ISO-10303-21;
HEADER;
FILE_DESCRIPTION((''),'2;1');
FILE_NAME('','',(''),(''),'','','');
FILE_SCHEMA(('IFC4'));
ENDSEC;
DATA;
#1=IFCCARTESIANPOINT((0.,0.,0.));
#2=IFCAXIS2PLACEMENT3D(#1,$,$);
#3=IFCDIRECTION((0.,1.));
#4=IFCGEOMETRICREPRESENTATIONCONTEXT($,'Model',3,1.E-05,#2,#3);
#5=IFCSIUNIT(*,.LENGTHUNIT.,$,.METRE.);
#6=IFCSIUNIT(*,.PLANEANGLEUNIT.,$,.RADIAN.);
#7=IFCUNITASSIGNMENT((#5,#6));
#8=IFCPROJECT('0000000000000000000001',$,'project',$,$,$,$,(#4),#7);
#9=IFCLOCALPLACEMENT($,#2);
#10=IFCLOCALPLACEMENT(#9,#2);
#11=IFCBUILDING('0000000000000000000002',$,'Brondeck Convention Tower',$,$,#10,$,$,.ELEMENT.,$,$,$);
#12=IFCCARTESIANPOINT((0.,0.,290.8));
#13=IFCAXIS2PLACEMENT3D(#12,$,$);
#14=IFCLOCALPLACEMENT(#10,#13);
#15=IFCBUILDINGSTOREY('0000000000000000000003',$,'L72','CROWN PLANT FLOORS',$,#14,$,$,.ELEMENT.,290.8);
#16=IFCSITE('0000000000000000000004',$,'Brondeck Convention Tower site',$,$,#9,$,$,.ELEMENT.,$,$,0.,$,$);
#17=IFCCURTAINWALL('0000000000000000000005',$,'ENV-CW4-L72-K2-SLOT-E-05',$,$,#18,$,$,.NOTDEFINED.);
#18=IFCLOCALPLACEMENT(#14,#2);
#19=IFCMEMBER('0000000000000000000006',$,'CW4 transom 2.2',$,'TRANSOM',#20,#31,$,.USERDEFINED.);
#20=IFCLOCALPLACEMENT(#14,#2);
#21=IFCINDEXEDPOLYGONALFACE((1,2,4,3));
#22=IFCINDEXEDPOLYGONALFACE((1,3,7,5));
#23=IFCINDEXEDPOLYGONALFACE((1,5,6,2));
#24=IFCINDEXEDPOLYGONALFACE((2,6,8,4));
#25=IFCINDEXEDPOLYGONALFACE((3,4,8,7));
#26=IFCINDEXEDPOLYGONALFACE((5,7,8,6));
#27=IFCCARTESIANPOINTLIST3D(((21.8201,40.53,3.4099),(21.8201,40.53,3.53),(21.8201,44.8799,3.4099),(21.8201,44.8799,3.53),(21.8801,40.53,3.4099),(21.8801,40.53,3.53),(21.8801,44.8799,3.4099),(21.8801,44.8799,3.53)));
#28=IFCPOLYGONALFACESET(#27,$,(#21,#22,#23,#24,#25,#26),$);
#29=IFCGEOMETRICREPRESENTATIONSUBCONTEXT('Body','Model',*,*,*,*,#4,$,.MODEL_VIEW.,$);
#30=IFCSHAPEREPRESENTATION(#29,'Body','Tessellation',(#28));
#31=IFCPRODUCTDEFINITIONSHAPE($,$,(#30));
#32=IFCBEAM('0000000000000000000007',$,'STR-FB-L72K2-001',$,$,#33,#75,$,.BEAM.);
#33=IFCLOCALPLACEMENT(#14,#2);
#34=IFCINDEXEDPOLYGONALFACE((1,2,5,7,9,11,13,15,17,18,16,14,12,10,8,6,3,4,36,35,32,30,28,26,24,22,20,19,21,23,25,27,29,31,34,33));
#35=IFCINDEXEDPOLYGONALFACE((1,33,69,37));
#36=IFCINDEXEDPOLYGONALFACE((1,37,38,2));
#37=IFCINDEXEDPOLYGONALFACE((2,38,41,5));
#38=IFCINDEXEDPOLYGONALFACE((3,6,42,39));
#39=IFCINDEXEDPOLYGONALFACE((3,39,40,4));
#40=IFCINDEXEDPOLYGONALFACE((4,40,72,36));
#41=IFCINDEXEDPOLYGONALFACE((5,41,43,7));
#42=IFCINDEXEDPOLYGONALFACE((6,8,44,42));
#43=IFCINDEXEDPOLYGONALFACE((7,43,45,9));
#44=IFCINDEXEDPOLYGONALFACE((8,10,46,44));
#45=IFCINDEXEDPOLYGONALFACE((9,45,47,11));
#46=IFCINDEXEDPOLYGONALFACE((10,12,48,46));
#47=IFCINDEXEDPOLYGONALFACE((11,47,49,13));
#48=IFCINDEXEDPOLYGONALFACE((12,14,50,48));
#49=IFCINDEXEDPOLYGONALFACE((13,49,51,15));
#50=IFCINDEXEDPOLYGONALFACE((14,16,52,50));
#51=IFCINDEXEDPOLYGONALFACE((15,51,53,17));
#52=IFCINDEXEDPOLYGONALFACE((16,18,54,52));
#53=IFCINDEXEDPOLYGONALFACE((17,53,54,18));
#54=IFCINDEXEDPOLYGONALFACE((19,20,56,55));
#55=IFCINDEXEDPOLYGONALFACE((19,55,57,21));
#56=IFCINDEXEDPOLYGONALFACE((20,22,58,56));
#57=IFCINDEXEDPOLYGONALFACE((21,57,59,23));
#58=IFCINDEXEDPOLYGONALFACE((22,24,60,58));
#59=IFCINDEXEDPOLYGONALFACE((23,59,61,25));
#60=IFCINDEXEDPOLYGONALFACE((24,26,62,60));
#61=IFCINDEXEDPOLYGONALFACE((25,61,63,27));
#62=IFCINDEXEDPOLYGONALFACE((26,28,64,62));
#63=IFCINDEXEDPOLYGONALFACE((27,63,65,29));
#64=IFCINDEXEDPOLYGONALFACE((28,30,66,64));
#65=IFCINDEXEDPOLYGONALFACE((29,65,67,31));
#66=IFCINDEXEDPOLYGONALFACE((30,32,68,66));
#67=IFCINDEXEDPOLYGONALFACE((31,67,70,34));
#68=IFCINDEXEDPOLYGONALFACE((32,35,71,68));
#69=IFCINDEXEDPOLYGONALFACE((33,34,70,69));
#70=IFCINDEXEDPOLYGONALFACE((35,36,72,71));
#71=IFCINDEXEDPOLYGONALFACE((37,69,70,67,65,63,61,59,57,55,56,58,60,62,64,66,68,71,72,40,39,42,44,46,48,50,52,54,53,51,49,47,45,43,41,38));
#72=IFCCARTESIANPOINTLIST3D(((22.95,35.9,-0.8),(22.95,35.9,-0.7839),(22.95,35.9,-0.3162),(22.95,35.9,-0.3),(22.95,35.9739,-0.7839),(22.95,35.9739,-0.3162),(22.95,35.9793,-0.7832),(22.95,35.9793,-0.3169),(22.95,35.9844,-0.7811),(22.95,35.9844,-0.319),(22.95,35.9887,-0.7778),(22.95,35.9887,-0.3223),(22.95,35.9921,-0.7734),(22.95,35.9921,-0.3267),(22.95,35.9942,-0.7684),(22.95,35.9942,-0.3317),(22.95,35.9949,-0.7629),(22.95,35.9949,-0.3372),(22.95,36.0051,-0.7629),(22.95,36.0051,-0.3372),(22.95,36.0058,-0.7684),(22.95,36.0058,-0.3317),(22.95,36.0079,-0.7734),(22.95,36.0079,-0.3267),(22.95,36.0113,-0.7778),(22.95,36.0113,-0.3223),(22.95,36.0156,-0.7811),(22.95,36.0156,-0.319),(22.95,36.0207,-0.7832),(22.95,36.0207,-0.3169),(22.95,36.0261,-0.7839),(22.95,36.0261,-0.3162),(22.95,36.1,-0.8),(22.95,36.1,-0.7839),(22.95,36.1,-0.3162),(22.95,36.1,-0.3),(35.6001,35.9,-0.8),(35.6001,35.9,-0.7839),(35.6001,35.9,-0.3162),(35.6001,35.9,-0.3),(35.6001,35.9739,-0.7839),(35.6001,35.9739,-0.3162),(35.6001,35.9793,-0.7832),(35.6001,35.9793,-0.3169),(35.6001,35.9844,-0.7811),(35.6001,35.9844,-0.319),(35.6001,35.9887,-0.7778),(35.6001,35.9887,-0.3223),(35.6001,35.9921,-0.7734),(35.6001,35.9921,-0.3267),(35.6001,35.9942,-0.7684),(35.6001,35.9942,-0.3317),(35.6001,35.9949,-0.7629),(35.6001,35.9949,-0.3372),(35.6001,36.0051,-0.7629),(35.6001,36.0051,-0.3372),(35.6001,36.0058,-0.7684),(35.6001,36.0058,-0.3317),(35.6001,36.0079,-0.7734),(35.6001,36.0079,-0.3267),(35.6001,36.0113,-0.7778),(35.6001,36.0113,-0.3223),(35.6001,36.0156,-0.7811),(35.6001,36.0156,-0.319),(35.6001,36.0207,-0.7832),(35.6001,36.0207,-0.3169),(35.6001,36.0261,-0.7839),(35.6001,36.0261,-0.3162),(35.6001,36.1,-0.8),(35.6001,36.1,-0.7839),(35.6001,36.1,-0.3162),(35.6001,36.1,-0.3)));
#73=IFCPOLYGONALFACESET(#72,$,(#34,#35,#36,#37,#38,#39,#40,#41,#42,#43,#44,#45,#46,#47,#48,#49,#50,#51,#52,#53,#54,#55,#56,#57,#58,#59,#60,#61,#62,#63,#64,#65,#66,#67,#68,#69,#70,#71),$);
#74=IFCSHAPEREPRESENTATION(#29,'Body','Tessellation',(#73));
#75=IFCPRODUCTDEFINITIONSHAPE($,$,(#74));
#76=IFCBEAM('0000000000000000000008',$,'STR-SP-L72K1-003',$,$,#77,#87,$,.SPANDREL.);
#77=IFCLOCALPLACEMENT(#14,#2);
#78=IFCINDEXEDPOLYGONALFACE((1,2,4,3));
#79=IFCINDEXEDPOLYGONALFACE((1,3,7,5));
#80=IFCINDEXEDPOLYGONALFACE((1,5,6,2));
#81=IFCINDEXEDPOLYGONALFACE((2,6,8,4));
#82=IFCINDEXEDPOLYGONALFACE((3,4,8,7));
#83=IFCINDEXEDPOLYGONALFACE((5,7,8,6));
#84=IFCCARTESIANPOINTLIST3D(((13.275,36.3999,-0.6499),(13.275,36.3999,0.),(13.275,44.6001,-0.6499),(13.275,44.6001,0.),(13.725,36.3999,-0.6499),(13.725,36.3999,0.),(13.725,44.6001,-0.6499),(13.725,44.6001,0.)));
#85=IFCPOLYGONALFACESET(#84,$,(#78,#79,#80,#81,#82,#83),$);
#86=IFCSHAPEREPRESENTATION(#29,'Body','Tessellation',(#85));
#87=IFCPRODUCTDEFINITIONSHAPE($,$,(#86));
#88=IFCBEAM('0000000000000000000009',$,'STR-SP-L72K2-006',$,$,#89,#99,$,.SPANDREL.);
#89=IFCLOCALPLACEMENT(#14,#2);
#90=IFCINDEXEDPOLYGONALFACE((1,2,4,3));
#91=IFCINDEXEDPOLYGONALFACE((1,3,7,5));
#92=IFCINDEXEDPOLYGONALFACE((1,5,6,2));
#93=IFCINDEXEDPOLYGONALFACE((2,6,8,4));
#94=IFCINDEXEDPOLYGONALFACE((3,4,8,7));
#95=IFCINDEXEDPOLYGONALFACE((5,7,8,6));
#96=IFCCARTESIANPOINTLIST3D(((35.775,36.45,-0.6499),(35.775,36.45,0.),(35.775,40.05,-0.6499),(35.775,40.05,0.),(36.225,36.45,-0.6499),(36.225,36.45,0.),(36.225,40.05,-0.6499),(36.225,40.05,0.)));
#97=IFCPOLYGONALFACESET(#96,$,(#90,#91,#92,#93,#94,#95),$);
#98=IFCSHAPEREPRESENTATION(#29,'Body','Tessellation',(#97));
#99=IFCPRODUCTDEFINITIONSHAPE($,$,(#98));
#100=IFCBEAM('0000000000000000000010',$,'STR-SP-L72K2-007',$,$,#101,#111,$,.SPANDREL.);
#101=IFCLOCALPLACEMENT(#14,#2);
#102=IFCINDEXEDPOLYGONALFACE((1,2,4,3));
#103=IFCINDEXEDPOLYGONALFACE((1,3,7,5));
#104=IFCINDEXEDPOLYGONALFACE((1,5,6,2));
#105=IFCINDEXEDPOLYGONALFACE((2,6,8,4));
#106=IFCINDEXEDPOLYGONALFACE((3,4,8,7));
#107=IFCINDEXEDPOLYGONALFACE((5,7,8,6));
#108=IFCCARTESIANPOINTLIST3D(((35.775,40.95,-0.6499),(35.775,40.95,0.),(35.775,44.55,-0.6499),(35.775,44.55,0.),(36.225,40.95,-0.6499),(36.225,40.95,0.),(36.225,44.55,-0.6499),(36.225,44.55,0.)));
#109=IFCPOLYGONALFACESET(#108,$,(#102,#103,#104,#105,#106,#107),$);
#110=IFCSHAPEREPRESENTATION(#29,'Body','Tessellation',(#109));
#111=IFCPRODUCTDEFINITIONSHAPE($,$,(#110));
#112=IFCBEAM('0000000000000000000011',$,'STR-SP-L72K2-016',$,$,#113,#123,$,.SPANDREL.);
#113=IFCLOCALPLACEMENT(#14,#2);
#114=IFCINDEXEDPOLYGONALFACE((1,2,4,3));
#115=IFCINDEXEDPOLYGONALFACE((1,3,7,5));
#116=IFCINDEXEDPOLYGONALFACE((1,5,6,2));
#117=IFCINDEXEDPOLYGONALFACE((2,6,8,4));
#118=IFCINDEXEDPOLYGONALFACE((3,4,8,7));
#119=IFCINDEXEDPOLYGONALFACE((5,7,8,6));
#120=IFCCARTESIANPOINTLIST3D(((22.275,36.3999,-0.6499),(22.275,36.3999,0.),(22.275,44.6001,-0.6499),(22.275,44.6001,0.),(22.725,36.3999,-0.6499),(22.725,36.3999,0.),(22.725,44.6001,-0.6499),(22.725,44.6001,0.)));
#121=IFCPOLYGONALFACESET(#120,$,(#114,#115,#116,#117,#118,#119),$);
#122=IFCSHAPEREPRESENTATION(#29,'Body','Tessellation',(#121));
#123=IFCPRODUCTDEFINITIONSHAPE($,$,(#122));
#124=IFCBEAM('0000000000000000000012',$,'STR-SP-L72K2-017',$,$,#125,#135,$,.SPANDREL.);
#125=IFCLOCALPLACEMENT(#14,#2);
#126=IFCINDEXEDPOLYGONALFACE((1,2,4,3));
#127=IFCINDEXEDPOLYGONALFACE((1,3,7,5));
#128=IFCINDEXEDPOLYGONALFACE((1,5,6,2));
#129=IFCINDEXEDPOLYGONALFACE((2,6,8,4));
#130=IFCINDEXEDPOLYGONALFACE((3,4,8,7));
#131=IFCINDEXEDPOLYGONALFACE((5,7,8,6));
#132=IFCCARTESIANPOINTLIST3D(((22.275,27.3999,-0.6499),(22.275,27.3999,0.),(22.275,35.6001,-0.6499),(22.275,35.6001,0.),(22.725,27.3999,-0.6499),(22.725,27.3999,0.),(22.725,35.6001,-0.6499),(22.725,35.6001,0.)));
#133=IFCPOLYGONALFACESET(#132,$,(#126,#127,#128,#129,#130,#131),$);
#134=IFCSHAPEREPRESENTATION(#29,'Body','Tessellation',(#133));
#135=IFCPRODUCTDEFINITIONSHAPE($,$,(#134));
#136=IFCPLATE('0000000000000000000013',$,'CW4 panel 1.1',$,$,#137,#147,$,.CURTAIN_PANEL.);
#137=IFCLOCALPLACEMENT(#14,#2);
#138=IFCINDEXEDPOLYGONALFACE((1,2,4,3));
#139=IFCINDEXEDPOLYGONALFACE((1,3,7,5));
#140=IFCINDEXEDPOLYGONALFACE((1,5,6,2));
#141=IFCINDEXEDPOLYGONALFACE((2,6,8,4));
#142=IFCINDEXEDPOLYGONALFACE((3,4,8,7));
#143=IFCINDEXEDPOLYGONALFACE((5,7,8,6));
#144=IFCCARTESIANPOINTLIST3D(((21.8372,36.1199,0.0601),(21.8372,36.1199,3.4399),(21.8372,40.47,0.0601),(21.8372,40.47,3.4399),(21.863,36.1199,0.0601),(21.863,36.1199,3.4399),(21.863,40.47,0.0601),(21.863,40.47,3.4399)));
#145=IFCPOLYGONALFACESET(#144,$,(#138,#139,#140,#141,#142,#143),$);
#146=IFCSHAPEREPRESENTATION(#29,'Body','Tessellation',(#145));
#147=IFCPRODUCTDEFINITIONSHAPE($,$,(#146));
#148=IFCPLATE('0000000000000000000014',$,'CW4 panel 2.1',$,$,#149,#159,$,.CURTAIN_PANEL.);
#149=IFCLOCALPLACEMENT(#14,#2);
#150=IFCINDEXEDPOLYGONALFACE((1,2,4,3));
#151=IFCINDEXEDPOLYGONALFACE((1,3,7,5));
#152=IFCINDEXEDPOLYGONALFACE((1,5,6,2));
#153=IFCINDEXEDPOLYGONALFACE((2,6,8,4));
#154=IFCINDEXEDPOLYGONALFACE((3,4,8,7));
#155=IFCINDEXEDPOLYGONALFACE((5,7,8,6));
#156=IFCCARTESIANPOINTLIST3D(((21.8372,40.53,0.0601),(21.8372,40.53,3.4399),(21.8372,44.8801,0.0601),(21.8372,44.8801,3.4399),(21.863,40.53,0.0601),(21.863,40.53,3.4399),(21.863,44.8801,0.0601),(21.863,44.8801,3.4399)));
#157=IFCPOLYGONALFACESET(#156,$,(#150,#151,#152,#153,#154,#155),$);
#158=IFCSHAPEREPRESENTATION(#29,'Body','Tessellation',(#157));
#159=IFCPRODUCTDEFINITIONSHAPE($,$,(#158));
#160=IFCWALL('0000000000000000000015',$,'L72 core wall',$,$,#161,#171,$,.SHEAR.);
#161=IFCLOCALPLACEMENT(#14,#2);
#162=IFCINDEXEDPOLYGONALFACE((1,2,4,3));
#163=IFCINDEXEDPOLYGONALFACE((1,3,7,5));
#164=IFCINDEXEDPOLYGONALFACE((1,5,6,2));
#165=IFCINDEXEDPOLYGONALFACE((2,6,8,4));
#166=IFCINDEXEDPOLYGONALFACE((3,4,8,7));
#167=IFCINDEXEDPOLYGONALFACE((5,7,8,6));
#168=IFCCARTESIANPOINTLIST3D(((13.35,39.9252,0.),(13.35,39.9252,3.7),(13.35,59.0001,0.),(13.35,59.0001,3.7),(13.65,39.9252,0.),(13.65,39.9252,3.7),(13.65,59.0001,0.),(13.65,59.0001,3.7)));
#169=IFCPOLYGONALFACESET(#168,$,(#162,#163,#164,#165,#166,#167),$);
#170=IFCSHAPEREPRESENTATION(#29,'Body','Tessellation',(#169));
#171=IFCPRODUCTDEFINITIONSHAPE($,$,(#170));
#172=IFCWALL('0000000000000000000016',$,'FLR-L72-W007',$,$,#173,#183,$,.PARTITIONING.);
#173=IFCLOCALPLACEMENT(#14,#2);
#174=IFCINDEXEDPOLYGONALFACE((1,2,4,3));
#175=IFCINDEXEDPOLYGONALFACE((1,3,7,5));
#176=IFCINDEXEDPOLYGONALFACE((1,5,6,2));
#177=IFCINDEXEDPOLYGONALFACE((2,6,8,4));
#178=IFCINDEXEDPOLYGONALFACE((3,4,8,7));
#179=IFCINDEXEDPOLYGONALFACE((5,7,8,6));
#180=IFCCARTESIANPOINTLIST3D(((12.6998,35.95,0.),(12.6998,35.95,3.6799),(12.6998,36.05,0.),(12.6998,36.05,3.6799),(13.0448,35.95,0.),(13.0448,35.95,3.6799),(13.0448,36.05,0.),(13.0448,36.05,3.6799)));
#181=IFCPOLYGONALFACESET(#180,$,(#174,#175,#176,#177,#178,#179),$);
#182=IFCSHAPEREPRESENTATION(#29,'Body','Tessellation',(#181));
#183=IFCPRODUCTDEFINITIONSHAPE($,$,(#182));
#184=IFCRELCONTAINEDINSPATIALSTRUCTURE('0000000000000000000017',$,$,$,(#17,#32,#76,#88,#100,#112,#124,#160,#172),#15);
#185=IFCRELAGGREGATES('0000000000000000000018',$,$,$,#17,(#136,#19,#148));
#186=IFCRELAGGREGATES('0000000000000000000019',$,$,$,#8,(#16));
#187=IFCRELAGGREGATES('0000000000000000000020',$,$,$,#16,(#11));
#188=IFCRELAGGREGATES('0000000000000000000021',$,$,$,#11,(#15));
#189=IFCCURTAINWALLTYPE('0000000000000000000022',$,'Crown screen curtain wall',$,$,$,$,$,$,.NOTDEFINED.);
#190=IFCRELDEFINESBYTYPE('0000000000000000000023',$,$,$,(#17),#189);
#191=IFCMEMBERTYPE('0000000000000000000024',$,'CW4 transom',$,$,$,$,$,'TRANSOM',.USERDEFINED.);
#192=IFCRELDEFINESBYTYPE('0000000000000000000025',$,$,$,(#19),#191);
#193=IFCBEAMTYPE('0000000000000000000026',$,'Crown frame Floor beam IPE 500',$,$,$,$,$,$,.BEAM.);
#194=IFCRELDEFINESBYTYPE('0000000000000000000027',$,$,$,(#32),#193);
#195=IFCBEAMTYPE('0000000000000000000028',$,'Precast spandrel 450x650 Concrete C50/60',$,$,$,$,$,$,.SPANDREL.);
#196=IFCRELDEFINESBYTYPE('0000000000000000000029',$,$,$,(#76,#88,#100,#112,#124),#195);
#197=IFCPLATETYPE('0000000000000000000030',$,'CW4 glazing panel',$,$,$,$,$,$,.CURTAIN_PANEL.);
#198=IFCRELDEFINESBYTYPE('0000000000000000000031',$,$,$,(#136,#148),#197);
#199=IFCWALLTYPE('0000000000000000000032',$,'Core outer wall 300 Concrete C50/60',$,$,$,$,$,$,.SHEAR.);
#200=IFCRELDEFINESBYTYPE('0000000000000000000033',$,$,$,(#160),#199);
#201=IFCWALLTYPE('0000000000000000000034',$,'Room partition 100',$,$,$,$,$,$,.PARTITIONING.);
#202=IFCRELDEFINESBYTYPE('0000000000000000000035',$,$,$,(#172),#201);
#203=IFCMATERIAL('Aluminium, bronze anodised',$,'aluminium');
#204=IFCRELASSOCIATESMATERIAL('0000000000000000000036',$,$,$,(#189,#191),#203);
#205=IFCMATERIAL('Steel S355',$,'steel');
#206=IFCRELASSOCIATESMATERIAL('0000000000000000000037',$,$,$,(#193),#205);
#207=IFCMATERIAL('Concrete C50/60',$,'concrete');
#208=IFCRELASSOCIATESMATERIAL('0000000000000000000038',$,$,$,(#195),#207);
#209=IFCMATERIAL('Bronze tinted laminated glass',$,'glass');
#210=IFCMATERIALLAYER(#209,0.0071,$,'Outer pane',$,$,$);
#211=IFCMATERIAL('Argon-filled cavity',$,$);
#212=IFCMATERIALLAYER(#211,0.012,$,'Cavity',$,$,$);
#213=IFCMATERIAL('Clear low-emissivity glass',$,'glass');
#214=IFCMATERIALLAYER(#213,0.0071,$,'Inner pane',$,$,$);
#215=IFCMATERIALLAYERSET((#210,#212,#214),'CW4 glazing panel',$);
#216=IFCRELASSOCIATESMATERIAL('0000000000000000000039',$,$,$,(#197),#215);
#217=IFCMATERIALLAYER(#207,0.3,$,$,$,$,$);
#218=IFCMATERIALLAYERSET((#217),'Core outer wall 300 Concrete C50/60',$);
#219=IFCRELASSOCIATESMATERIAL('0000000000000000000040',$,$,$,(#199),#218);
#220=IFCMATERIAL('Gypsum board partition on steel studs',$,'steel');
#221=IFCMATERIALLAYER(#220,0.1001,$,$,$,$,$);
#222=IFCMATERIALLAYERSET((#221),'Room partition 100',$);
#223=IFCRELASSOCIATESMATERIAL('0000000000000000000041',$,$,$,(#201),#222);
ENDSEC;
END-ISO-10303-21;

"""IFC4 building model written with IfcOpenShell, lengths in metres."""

from ifc_helpers import new_model, si_unit, direction, frame, frame_2d, origin, origin_2d, place, context, subcontext, project, spatial, rectangle, i_section, extrude, material, layer, layer_set, material_profile, profile_set, type_object, element, aggregate, save


model = new_model("IFC4")

# Units and contexts
model_context = context("Model", 3, precision=1e-05, world=origin(), true_north=direction((0.0, 1.0)))
body_context = subcontext(model_context, "Body", "Model", "MODEL_VIEW")
ifc_project = project(units=[si_unit("LENGTHUNIT", "METRE"), si_unit("PLANEANGLEUNIT", "RADIAN")], contexts=[model_context])

# Site, building, storey
site_placement = place(None, origin())
site = spatial("IfcSite", under=ifc_project, at=site_placement, Name="Brondeck Convention Tower site", CompositionType="ELEMENT", RefElevation=0.0)
building_placement = place(site_placement, origin())
building = spatial("IfcBuilding", under=site, at=building_placement, Name="Brondeck Convention Tower", CompositionType="ELEMENT")
storey_placement = place(building_placement, frame((0.0, 0.0, 290.8)))
storey = spatial("IfcBuildingStorey", under=building, at=storey_placement, Name="L72", Description="CROWN PLANT FLOORS", CompositionType="ELEMENT", Elevation=290.8)

# Shared definitions
ifc_material_1 = material(Name="Concrete C50/60", Category="concrete")

# Shared definitions
ifc_material_2 = material(Name="Aluminium, bronze anodised", Category="aluminium")
curtain_wall_type = type_object("IfcCurtainWallType", Name="Crown screen curtain wall", PredefinedType="NOTDEFINED", material=ifc_material_2)

# Curtain wall
curtain_wall_1_placement = place(storey_placement, origin())
curtain_wall_1 = element("IfcCurtainWall", 1, at=curtain_wall_1_placement, inside=storey, type_object=curtain_wall_type, Name="ENV-CW4-L72-K2-SLOT-E-05", PredefinedType="NOTDEFINED")

# Member
ifc_material_profile_1 = material_profile(ifc_material_2, rectangle(XDim=0.0601, YDim=0.1201, at=origin_2d()), Name="CW4 transom")
ifc_profile_set_1 = profile_set([ifc_material_profile_1], Name="Aluminium, bronze anodised")
member_type_1 = type_object("IfcMemberType", Name="CW4 transom", ElementType="TRANSOM", PredefinedType="USERDEFINED", material=ifc_profile_set_1)
member_1_placement = place(storey_placement, frame((21.8501, 40.53, 3.47), z_axis=(0.0, 1.0, 0.0), x_axis=(-1.0, 0.0, 0.0)))
member_1 = element("IfcMember", 2, at=member_1_placement, type_object=member_type_1, Name="CW4 transom 2.2", ObjectType="TRANSOM", PredefinedType="USERDEFINED", context=body_context, shape_type="SweptSolid", body=[
    extrude(rectangle(XDim=0.0601, YDim=0.1201, at=origin_2d()), origin(), (0.0, 0.0, 1.0), 4.3499),
])

# Beams
ifc_material_3 = material(Name="Steel S355", Category="steel")
ifc_material_profile_2 = material_profile(ifc_material_3, i_section(OverallWidth=0.2, OverallDepth=0.5, WebThickness=0.0103, FlangeThickness=0.0161, FilletRadius=0.021, at=origin_2d()), Name="IPE 500")
ifc_profile_set_2 = profile_set([ifc_material_profile_2], Name="Steel S355")
beam_type_1 = type_object("IfcBeamType", Name="Crown frame Floor beam IPE 500", PredefinedType="BEAM", material=ifc_profile_set_2)
beam_1_placement = place(storey_placement, frame((22.95, 36.0, -0.55), z_axis=(1.0, 0.0, 0.0), x_axis=(0.0, 1.0, 0.0)))
element("IfcBeam", 3, at=beam_1_placement, inside=storey, type_object=beam_type_1, Name="STR-FB-L72K2-001", PredefinedType="BEAM", context=body_context, shape_type="SweptSolid", body=[
    extrude(i_section(OverallWidth=0.2, OverallDepth=0.5, WebThickness=0.0103, FlangeThickness=0.0161, FilletRadius=0.021, at=origin_2d()), origin(), (0.0, 0.0, 1.0), 12.6501),
])
ifc_material_profile_3 = material_profile(ifc_material_1, rectangle(XDim=0.45, YDim=0.6499, at=origin_2d()), Name="Precast spandrel 450x650 Concrete C50/60")
ifc_profile_set_3 = profile_set([ifc_material_profile_3], Name="Concrete C50/60")
beam_type_2 = type_object("IfcBeamType", Name="Precast spandrel 450x650 Concrete C50/60", PredefinedType="SPANDREL", material=ifc_profile_set_3)
beam_2_placement = place(storey_placement, frame((13.5, 36.3999, -0.325), z_axis=(0.0, 1.0, 0.0), x_axis=(-1.0, 0.0, 0.0)))
element("IfcBeam", 4, at=beam_2_placement, inside=storey, type_object=beam_type_2, Name="STR-SP-L72K1-003", PredefinedType="SPANDREL", context=body_context, shape_type="SweptSolid", body=[
    extrude(rectangle(XDim=0.45, YDim=0.6499, at=origin_2d()), origin(), (0.0, 0.0, 1.0), 8.2002),
])
for number, where, z_axis, x_axis, name in (
    (5, (36.0, 36.45, -0.325), (0.0, 1.0, 0.0), (-1.0, 0.0, 0.0), "STR-SP-L72K2-006"),
    (6, (36.0, 40.95, -0.325), (0.0, 1.0, 0.0), (-1.0, 0.0, 0.0), "STR-SP-L72K2-007"),
):
    element("IfcBeam", number, at=place(storey_placement, frame(where, z_axis=z_axis, x_axis=x_axis)), inside=storey, type_object=beam_type_2, Name=name, PredefinedType="SPANDREL", context=body_context, shape_type="SweptSolid", body=[
        extrude(rectangle(XDim=0.45, YDim=0.6499, at=origin_2d()), origin(), (0.0, 0.0, 1.0), 3.6001),
    ])
for number, where, z_axis, x_axis, name in (
    (7, (22.5, 44.6001, -0.325), (0.0, -1.0, 0.0), (1.0, 0.0, 0.0), "STR-SP-L72K2-016"),
    (8, (22.5, 35.6001, -0.325), (0.0, -1.0, 0.0), (1.0, 0.0, 0.0), "STR-SP-L72K2-017"),
):
    element("IfcBeam", number, at=place(storey_placement, frame(where, z_axis=z_axis, x_axis=x_axis)), inside=storey, type_object=beam_type_2, Name=name, PredefinedType="SPANDREL", context=body_context, shape_type="SweptSolid", body=[
        extrude(rectangle(XDim=0.45, YDim=0.6499, at=origin_2d()), origin(), (0.0, 0.0, 1.0), 8.2002),
    ])

# Plates
ifc_material_4 = material(Name="Bronze tinted laminated glass", Category="glass")
ifc_layer_1 = layer(ifc_material_4, 0.0071, Name="Outer pane")
ifc_material_5 = material(Name="Argon-filled cavity")
ifc_layer_2 = layer(ifc_material_5, 0.012, Name="Cavity")
ifc_material_6 = material(Name="Clear low-emissivity glass", Category="glass")
ifc_layer_3 = layer(ifc_material_6, 0.0071, Name="Inner pane")
ifc_layer_set_1 = layer_set([ifc_layer_1, ifc_layer_2, ifc_layer_3], Name="CW4 glazing panel")
plate_type = type_object("IfcPlateType", Name="CW4 glazing panel", PredefinedType="CURTAIN_PANEL", material=ifc_layer_set_1)
plate_1_placement = place(storey_placement, frame((21.8501, 38.2949, 0.0601), z_axis=(0.0, 0.0, 1.0), x_axis=(0.0, 1.0, 0.0)))
plate_1 = element("IfcPlate", 9, at=plate_1_placement, type_object=plate_type, Name="CW4 panel 1.1", PredefinedType="CURTAIN_PANEL", context=body_context, shape_type="SweptSolid", body=[
    extrude(rectangle(XDim=4.3501, YDim=0.0259, at=origin_2d()), origin(), (0.0, 0.0, 1.0), 3.3799),
])
plate_2_placement = place(storey_placement, frame((21.8501, 42.7051, 0.0601), z_axis=(0.0, 0.0, 1.0), x_axis=(0.0, 1.0, 0.0)))
plate_2 = element("IfcPlate", 10, at=plate_2_placement, type_object=plate_type, Name="CW4 panel 2.1", PredefinedType="CURTAIN_PANEL", context=body_context, shape_type="SweptSolid", body=[
    extrude(rectangle(XDim=4.3501, YDim=0.0259, at=origin_2d()), origin(), (0.0, 0.0, 1.0), 3.3799),
])
aggregate(curtain_wall_1, [plate_1, member_1, plate_2])

# Walls
ifc_layer_4 = layer(ifc_material_1, 0.3)
ifc_layer_set_2 = layer_set([ifc_layer_4], Name="Core outer wall 300 Concrete C50/60")
wall_type_1 = type_object("IfcWallType", Name="Core outer wall 300 Concrete C50/60", PredefinedType="SHEAR", material=ifc_layer_set_2)
wall_1_placement = place(storey_placement, frame((13.5, 39.925, 0.0), z_axis=(0.0, 0.0, 1.0), x_axis=(0.0, 1.0, 0.0)))
element("IfcWall", 11, at=wall_1_placement, inside=storey, type_object=wall_type_1, Name="L72 core wall", PredefinedType="SHEAR", context=body_context, shape_type="SweptSolid", body=[
    extrude(rectangle(XDim=19.075, YDim=0.3, at=frame_2d((9.5376, 0.0))), origin(), (0.0, 0.0, 1.0), 3.7),
])
ifc_material_7 = material(Name="Gypsum board partition on steel studs", Category="steel")
ifc_layer_5 = layer(ifc_material_7, 0.1001)
ifc_layer_set_3 = layer_set([ifc_layer_5], Name="Room partition 100")
wall_type_2 = type_object("IfcWallType", Name="Room partition 100", PredefinedType="PARTITIONING", material=ifc_layer_set_3)
wall_2_placement = place(storey_placement, frame((12.7, 36.0, 0.0), z_axis=(0.0, 0.0, 1.0), x_axis=(1.0, 0.0, 0.0)))
element("IfcWall", 12, at=wall_2_placement, inside=storey, type_object=wall_type_2, Name="FLR-L72-W007", PredefinedType="PARTITIONING", context=body_context, shape_type="SweptSolid", body=[
    extrude(rectangle(XDim=0.345, YDim=0.1001, at=frame_2d((0.1724, 0.0))), origin(), (0.0, 0.0, 1.0), 3.6799),
])

save(model, "model.ifc")
